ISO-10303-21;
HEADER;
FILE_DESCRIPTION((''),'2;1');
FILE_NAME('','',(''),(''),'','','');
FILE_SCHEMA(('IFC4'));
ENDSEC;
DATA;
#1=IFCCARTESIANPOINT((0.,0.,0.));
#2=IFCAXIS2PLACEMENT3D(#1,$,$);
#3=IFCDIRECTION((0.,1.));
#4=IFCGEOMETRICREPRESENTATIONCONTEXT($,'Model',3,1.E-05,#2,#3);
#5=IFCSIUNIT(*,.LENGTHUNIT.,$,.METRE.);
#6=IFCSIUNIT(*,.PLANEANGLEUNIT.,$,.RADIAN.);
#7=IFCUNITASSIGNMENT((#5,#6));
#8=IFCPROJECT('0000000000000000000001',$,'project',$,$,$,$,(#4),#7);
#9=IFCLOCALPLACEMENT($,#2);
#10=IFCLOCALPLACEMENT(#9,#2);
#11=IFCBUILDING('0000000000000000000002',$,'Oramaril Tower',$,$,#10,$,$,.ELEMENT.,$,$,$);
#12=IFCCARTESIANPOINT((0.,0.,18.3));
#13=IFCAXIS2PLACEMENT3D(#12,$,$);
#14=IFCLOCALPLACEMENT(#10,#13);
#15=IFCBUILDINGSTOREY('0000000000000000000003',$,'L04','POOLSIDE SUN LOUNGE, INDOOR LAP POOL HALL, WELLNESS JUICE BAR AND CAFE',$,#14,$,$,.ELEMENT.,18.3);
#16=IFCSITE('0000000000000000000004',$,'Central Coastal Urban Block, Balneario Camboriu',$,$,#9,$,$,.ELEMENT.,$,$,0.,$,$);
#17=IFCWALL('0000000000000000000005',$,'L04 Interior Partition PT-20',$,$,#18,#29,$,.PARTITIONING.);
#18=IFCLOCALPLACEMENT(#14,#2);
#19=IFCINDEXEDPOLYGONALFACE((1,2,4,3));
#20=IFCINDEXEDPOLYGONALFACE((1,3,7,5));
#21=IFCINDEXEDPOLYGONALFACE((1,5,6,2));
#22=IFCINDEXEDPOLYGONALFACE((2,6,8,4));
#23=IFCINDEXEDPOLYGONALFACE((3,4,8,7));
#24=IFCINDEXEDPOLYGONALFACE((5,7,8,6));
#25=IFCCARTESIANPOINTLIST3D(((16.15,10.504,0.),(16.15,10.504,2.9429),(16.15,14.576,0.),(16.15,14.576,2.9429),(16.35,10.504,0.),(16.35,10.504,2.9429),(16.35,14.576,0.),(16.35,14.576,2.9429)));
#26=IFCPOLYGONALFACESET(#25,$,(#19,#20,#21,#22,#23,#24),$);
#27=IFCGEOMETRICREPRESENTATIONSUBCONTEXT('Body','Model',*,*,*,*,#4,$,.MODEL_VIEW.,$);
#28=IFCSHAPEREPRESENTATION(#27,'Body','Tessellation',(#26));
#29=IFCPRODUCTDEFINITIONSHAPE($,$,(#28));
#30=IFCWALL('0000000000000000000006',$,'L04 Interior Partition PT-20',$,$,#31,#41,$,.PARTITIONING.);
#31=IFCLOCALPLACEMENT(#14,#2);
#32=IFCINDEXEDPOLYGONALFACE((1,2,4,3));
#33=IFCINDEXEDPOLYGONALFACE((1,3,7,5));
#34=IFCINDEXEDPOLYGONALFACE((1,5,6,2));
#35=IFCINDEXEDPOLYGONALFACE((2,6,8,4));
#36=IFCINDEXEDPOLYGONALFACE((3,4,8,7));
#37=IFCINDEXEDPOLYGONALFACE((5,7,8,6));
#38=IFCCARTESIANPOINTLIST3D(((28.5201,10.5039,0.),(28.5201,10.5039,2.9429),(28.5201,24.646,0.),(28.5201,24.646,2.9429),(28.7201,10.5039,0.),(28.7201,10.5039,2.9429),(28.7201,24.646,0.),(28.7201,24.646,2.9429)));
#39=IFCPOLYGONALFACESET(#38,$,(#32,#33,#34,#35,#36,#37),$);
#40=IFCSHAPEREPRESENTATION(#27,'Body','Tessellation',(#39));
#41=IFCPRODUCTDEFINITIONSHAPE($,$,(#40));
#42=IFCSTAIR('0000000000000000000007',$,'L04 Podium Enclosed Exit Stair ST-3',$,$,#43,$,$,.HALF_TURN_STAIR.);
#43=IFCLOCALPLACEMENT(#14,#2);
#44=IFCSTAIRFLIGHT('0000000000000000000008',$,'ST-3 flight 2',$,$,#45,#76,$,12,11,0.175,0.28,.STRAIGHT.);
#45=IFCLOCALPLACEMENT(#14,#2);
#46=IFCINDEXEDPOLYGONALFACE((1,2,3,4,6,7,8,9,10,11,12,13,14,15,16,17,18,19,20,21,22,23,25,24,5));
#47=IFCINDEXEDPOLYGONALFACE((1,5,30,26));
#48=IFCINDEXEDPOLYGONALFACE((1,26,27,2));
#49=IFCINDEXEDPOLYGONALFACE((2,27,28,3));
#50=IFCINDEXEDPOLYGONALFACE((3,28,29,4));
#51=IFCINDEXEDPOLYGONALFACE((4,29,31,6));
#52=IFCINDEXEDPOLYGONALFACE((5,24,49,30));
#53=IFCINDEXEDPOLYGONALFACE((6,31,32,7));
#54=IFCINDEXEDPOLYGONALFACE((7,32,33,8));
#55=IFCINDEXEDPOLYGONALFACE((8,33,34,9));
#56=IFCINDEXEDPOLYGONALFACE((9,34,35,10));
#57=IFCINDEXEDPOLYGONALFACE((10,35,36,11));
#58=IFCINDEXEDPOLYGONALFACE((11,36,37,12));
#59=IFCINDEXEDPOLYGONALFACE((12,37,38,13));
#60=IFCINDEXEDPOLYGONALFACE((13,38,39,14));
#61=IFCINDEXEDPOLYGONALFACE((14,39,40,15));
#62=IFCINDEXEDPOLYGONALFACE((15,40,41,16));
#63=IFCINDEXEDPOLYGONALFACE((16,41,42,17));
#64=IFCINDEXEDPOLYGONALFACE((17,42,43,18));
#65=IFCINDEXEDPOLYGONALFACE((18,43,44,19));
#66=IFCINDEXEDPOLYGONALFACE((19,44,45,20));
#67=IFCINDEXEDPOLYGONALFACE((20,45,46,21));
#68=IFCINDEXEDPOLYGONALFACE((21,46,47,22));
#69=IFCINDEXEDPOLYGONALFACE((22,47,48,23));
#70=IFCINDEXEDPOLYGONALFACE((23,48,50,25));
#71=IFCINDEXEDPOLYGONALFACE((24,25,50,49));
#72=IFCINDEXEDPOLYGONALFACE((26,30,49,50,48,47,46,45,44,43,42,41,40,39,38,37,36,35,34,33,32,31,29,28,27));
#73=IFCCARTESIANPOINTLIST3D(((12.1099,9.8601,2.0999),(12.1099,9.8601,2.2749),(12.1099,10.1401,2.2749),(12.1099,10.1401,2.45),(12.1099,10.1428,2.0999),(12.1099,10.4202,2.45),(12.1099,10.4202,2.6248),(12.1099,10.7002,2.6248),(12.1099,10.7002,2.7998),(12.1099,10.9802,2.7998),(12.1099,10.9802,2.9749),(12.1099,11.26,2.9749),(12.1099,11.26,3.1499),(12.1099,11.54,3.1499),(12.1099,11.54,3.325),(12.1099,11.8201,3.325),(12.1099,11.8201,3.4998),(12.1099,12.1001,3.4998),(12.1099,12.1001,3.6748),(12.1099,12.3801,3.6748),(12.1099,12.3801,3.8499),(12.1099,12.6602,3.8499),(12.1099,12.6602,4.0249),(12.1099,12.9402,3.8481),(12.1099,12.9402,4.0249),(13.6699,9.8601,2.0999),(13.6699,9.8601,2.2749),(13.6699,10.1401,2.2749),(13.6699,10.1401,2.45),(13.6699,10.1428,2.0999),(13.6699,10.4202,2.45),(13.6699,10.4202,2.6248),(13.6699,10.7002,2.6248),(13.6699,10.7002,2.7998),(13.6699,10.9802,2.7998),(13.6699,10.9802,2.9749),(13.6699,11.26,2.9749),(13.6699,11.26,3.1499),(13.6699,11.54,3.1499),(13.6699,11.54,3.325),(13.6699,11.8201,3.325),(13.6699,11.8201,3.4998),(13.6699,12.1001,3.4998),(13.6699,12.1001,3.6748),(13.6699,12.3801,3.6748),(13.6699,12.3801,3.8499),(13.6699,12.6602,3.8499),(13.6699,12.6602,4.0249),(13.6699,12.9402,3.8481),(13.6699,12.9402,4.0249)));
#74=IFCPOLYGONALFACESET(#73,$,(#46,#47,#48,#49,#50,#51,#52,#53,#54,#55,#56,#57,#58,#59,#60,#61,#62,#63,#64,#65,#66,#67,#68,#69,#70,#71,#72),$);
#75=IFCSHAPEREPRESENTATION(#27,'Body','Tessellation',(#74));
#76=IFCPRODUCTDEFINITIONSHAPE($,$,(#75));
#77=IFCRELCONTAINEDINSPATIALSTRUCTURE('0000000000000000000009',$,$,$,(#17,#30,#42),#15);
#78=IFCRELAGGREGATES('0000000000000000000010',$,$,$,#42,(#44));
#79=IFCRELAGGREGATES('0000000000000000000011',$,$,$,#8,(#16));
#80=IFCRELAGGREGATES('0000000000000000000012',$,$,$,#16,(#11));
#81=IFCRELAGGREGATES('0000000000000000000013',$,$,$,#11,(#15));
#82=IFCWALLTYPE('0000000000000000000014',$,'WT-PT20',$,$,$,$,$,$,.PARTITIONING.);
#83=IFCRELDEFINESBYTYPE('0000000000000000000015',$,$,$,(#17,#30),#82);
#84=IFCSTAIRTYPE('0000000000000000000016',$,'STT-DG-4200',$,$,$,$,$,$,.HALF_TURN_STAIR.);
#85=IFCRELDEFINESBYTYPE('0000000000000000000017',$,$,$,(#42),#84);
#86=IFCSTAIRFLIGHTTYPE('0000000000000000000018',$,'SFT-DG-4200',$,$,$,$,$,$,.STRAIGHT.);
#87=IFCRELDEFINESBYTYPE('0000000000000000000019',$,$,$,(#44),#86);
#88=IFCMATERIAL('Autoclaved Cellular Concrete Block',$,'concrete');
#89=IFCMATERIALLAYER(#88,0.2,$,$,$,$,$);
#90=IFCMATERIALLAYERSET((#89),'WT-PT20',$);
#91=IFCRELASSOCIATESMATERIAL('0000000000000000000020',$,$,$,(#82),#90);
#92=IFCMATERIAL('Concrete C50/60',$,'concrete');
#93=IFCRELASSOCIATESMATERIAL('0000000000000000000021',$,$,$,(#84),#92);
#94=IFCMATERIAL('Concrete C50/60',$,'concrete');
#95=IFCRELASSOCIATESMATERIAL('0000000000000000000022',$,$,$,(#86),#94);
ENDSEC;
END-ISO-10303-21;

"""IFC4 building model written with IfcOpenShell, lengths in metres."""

from ifc_helpers import new_model, si_unit, direction, frame, frame_2d, origin, place, context, subcontext, project, spatial, polyline, rectangle, outline, extrude, material, layer, layer_set, type_object, element, aggregate, save


model = new_model("IFC4")

# Units and contexts
model_context = context("Model", 3, precision=1e-05, world=origin(), true_north=direction((0.0, 1.0)))
body_context = subcontext(model_context, "Body", "Model", "MODEL_VIEW")
ifc_project = project(units=[si_unit("LENGTHUNIT", "METRE"), si_unit("PLANEANGLEUNIT", "RADIAN")], contexts=[model_context])

# Site, building, storey
site_placement = place(None, origin())
site = spatial("IfcSite", under=ifc_project, at=site_placement, Name="Central Coastal Urban Block, Balneario Camboriu", CompositionType="ELEMENT", RefElevation=0.0)
building_placement = place(site_placement, origin())
building = spatial("IfcBuilding", under=site, at=building_placement, Name="Oramaril Tower", CompositionType="ELEMENT")
storey_placement = place(building_placement, frame((0.0, 0.0, 18.3)))
storey = spatial("IfcBuildingStorey", under=building, at=storey_placement, Name="L04", Description="POOLSIDE SUN LOUNGE, INDOOR LAP POOL HALL, WELLNESS JUICE BAR AND CAFE", CompositionType="ELEMENT", Elevation=18.3)

# Shared definitions
ifc_material_1 = material(Name="Autoclaved Cellular Concrete Block", Category="concrete")
ifc_layer_1 = layer(ifc_material_1, 0.2)
ifc_layer_set_1 = layer_set([ifc_layer_1], Name="WT-PT20")
wall_type_1 = type_object("IfcWallType", Name="WT-PT20", PredefinedType="PARTITIONING", material=ifc_layer_set_1)

# Wall
wall_1_placement = place(storey_placement, frame((16.25, 10.5039, 0.0), z_axis=(0.0, 0.0, 1.0), x_axis=(0.0, 1.0, 0.0)))
element("IfcWall", 1, at=wall_1_placement, inside=storey, type_object=wall_type_1, Name="L04 Interior Partition PT-20", PredefinedType="PARTITIONING", context=body_context, shape_type="SweptSolid", body=[
    extrude(rectangle(XDim=4.072, YDim=0.2, at=frame_2d((2.0361, 0.0))), origin(), (0.0, 0.0, 1.0), 2.9429),
])

# Wall
wall_2_placement = place(storey_placement, frame((28.6201, 10.5039, 0.0), z_axis=(0.0, 0.0, 1.0), x_axis=(0.0, 1.0, 0.0)))
element("IfcWall", 2, at=wall_2_placement, inside=storey, type_object=wall_type_1, Name="L04 Interior Partition PT-20", PredefinedType="PARTITIONING", context=body_context, shape_type="SweptSolid", body=[
    extrude(rectangle(XDim=14.1421, YDim=0.2, at=frame_2d((7.071, 0.0))), origin(), (0.0, 0.0, 1.0), 2.9429),
])

# Stair, stair flight
ifc_material_2 = material(Name="Concrete C50/60", Category="concrete")
stair_type = type_object("IfcStairType", Name="STT-DG-4200", PredefinedType="HALF_TURN_STAIR", material=ifc_material_2)
stair_placement = place(storey_placement, origin())
stair = element("IfcStair", 3, at=stair_placement, inside=storey, type_object=stair_type, Name="L04 Podium Enclosed Exit Stair ST-3", PredefinedType="HALF_TURN_STAIR")
ifc_material_3 = material(Name="Concrete C50/60", Category="concrete")
stair_flight_type = type_object("IfcStairFlightType", Name="SFT-DG-4200", PredefinedType="STRAIGHT", material=ifc_material_3)
stair_flight_placement = place(storey_placement, frame((12.8899, 9.8601, 2.0999), z_axis=(0.0, 0.0, 1.0), x_axis=(0.0, 1.0, 0.0)))
stair_flight = element("IfcStairFlight", 4, at=stair_flight_placement, type_object=stair_flight_type, Name="ST-3 flight 2", NumberOfRisers=12, NumberOfTreads=11, PredefinedType="STRAIGHT", RiserHeight=0.175, TreadLength=0.28, context=body_context, shape_type="SweptSolid", body=[
    extrude(outline(polyline([(0.0, 0.0), (0.0, 0.175), (0.28, 0.175), (0.28, 0.3501), (0.5601, 0.3501), (0.5601, 0.5249), (0.8401, 0.5249), (0.8401, 0.7), (1.1201, 0.7), (1.1201, 0.875), (1.3999, 0.875), (1.3999, 1.05), (1.6799, 1.05), (1.6799, 1.2251), (1.96, 1.2251), (1.96, 1.3999), (2.24, 1.3999), (2.24, 1.575), (2.52, 1.575), (2.52, 1.75), (2.8, 1.75), (2.8, 1.925), (3.0801, 1.925), (3.0801, 2.1001), (3.0801, 1.7483), (0.2827, 0.0), (0.0, 0.0)])), frame((0.0, 0.78, 0.0), z_axis=(0.0, -1.0, 0.0), x_axis=(1.0, 0.0, 0.0)), (0.0, 0.0, 1.0), 1.5601),
])
aggregate(stair, [stair_flight])

save(model, "model.ifc")
